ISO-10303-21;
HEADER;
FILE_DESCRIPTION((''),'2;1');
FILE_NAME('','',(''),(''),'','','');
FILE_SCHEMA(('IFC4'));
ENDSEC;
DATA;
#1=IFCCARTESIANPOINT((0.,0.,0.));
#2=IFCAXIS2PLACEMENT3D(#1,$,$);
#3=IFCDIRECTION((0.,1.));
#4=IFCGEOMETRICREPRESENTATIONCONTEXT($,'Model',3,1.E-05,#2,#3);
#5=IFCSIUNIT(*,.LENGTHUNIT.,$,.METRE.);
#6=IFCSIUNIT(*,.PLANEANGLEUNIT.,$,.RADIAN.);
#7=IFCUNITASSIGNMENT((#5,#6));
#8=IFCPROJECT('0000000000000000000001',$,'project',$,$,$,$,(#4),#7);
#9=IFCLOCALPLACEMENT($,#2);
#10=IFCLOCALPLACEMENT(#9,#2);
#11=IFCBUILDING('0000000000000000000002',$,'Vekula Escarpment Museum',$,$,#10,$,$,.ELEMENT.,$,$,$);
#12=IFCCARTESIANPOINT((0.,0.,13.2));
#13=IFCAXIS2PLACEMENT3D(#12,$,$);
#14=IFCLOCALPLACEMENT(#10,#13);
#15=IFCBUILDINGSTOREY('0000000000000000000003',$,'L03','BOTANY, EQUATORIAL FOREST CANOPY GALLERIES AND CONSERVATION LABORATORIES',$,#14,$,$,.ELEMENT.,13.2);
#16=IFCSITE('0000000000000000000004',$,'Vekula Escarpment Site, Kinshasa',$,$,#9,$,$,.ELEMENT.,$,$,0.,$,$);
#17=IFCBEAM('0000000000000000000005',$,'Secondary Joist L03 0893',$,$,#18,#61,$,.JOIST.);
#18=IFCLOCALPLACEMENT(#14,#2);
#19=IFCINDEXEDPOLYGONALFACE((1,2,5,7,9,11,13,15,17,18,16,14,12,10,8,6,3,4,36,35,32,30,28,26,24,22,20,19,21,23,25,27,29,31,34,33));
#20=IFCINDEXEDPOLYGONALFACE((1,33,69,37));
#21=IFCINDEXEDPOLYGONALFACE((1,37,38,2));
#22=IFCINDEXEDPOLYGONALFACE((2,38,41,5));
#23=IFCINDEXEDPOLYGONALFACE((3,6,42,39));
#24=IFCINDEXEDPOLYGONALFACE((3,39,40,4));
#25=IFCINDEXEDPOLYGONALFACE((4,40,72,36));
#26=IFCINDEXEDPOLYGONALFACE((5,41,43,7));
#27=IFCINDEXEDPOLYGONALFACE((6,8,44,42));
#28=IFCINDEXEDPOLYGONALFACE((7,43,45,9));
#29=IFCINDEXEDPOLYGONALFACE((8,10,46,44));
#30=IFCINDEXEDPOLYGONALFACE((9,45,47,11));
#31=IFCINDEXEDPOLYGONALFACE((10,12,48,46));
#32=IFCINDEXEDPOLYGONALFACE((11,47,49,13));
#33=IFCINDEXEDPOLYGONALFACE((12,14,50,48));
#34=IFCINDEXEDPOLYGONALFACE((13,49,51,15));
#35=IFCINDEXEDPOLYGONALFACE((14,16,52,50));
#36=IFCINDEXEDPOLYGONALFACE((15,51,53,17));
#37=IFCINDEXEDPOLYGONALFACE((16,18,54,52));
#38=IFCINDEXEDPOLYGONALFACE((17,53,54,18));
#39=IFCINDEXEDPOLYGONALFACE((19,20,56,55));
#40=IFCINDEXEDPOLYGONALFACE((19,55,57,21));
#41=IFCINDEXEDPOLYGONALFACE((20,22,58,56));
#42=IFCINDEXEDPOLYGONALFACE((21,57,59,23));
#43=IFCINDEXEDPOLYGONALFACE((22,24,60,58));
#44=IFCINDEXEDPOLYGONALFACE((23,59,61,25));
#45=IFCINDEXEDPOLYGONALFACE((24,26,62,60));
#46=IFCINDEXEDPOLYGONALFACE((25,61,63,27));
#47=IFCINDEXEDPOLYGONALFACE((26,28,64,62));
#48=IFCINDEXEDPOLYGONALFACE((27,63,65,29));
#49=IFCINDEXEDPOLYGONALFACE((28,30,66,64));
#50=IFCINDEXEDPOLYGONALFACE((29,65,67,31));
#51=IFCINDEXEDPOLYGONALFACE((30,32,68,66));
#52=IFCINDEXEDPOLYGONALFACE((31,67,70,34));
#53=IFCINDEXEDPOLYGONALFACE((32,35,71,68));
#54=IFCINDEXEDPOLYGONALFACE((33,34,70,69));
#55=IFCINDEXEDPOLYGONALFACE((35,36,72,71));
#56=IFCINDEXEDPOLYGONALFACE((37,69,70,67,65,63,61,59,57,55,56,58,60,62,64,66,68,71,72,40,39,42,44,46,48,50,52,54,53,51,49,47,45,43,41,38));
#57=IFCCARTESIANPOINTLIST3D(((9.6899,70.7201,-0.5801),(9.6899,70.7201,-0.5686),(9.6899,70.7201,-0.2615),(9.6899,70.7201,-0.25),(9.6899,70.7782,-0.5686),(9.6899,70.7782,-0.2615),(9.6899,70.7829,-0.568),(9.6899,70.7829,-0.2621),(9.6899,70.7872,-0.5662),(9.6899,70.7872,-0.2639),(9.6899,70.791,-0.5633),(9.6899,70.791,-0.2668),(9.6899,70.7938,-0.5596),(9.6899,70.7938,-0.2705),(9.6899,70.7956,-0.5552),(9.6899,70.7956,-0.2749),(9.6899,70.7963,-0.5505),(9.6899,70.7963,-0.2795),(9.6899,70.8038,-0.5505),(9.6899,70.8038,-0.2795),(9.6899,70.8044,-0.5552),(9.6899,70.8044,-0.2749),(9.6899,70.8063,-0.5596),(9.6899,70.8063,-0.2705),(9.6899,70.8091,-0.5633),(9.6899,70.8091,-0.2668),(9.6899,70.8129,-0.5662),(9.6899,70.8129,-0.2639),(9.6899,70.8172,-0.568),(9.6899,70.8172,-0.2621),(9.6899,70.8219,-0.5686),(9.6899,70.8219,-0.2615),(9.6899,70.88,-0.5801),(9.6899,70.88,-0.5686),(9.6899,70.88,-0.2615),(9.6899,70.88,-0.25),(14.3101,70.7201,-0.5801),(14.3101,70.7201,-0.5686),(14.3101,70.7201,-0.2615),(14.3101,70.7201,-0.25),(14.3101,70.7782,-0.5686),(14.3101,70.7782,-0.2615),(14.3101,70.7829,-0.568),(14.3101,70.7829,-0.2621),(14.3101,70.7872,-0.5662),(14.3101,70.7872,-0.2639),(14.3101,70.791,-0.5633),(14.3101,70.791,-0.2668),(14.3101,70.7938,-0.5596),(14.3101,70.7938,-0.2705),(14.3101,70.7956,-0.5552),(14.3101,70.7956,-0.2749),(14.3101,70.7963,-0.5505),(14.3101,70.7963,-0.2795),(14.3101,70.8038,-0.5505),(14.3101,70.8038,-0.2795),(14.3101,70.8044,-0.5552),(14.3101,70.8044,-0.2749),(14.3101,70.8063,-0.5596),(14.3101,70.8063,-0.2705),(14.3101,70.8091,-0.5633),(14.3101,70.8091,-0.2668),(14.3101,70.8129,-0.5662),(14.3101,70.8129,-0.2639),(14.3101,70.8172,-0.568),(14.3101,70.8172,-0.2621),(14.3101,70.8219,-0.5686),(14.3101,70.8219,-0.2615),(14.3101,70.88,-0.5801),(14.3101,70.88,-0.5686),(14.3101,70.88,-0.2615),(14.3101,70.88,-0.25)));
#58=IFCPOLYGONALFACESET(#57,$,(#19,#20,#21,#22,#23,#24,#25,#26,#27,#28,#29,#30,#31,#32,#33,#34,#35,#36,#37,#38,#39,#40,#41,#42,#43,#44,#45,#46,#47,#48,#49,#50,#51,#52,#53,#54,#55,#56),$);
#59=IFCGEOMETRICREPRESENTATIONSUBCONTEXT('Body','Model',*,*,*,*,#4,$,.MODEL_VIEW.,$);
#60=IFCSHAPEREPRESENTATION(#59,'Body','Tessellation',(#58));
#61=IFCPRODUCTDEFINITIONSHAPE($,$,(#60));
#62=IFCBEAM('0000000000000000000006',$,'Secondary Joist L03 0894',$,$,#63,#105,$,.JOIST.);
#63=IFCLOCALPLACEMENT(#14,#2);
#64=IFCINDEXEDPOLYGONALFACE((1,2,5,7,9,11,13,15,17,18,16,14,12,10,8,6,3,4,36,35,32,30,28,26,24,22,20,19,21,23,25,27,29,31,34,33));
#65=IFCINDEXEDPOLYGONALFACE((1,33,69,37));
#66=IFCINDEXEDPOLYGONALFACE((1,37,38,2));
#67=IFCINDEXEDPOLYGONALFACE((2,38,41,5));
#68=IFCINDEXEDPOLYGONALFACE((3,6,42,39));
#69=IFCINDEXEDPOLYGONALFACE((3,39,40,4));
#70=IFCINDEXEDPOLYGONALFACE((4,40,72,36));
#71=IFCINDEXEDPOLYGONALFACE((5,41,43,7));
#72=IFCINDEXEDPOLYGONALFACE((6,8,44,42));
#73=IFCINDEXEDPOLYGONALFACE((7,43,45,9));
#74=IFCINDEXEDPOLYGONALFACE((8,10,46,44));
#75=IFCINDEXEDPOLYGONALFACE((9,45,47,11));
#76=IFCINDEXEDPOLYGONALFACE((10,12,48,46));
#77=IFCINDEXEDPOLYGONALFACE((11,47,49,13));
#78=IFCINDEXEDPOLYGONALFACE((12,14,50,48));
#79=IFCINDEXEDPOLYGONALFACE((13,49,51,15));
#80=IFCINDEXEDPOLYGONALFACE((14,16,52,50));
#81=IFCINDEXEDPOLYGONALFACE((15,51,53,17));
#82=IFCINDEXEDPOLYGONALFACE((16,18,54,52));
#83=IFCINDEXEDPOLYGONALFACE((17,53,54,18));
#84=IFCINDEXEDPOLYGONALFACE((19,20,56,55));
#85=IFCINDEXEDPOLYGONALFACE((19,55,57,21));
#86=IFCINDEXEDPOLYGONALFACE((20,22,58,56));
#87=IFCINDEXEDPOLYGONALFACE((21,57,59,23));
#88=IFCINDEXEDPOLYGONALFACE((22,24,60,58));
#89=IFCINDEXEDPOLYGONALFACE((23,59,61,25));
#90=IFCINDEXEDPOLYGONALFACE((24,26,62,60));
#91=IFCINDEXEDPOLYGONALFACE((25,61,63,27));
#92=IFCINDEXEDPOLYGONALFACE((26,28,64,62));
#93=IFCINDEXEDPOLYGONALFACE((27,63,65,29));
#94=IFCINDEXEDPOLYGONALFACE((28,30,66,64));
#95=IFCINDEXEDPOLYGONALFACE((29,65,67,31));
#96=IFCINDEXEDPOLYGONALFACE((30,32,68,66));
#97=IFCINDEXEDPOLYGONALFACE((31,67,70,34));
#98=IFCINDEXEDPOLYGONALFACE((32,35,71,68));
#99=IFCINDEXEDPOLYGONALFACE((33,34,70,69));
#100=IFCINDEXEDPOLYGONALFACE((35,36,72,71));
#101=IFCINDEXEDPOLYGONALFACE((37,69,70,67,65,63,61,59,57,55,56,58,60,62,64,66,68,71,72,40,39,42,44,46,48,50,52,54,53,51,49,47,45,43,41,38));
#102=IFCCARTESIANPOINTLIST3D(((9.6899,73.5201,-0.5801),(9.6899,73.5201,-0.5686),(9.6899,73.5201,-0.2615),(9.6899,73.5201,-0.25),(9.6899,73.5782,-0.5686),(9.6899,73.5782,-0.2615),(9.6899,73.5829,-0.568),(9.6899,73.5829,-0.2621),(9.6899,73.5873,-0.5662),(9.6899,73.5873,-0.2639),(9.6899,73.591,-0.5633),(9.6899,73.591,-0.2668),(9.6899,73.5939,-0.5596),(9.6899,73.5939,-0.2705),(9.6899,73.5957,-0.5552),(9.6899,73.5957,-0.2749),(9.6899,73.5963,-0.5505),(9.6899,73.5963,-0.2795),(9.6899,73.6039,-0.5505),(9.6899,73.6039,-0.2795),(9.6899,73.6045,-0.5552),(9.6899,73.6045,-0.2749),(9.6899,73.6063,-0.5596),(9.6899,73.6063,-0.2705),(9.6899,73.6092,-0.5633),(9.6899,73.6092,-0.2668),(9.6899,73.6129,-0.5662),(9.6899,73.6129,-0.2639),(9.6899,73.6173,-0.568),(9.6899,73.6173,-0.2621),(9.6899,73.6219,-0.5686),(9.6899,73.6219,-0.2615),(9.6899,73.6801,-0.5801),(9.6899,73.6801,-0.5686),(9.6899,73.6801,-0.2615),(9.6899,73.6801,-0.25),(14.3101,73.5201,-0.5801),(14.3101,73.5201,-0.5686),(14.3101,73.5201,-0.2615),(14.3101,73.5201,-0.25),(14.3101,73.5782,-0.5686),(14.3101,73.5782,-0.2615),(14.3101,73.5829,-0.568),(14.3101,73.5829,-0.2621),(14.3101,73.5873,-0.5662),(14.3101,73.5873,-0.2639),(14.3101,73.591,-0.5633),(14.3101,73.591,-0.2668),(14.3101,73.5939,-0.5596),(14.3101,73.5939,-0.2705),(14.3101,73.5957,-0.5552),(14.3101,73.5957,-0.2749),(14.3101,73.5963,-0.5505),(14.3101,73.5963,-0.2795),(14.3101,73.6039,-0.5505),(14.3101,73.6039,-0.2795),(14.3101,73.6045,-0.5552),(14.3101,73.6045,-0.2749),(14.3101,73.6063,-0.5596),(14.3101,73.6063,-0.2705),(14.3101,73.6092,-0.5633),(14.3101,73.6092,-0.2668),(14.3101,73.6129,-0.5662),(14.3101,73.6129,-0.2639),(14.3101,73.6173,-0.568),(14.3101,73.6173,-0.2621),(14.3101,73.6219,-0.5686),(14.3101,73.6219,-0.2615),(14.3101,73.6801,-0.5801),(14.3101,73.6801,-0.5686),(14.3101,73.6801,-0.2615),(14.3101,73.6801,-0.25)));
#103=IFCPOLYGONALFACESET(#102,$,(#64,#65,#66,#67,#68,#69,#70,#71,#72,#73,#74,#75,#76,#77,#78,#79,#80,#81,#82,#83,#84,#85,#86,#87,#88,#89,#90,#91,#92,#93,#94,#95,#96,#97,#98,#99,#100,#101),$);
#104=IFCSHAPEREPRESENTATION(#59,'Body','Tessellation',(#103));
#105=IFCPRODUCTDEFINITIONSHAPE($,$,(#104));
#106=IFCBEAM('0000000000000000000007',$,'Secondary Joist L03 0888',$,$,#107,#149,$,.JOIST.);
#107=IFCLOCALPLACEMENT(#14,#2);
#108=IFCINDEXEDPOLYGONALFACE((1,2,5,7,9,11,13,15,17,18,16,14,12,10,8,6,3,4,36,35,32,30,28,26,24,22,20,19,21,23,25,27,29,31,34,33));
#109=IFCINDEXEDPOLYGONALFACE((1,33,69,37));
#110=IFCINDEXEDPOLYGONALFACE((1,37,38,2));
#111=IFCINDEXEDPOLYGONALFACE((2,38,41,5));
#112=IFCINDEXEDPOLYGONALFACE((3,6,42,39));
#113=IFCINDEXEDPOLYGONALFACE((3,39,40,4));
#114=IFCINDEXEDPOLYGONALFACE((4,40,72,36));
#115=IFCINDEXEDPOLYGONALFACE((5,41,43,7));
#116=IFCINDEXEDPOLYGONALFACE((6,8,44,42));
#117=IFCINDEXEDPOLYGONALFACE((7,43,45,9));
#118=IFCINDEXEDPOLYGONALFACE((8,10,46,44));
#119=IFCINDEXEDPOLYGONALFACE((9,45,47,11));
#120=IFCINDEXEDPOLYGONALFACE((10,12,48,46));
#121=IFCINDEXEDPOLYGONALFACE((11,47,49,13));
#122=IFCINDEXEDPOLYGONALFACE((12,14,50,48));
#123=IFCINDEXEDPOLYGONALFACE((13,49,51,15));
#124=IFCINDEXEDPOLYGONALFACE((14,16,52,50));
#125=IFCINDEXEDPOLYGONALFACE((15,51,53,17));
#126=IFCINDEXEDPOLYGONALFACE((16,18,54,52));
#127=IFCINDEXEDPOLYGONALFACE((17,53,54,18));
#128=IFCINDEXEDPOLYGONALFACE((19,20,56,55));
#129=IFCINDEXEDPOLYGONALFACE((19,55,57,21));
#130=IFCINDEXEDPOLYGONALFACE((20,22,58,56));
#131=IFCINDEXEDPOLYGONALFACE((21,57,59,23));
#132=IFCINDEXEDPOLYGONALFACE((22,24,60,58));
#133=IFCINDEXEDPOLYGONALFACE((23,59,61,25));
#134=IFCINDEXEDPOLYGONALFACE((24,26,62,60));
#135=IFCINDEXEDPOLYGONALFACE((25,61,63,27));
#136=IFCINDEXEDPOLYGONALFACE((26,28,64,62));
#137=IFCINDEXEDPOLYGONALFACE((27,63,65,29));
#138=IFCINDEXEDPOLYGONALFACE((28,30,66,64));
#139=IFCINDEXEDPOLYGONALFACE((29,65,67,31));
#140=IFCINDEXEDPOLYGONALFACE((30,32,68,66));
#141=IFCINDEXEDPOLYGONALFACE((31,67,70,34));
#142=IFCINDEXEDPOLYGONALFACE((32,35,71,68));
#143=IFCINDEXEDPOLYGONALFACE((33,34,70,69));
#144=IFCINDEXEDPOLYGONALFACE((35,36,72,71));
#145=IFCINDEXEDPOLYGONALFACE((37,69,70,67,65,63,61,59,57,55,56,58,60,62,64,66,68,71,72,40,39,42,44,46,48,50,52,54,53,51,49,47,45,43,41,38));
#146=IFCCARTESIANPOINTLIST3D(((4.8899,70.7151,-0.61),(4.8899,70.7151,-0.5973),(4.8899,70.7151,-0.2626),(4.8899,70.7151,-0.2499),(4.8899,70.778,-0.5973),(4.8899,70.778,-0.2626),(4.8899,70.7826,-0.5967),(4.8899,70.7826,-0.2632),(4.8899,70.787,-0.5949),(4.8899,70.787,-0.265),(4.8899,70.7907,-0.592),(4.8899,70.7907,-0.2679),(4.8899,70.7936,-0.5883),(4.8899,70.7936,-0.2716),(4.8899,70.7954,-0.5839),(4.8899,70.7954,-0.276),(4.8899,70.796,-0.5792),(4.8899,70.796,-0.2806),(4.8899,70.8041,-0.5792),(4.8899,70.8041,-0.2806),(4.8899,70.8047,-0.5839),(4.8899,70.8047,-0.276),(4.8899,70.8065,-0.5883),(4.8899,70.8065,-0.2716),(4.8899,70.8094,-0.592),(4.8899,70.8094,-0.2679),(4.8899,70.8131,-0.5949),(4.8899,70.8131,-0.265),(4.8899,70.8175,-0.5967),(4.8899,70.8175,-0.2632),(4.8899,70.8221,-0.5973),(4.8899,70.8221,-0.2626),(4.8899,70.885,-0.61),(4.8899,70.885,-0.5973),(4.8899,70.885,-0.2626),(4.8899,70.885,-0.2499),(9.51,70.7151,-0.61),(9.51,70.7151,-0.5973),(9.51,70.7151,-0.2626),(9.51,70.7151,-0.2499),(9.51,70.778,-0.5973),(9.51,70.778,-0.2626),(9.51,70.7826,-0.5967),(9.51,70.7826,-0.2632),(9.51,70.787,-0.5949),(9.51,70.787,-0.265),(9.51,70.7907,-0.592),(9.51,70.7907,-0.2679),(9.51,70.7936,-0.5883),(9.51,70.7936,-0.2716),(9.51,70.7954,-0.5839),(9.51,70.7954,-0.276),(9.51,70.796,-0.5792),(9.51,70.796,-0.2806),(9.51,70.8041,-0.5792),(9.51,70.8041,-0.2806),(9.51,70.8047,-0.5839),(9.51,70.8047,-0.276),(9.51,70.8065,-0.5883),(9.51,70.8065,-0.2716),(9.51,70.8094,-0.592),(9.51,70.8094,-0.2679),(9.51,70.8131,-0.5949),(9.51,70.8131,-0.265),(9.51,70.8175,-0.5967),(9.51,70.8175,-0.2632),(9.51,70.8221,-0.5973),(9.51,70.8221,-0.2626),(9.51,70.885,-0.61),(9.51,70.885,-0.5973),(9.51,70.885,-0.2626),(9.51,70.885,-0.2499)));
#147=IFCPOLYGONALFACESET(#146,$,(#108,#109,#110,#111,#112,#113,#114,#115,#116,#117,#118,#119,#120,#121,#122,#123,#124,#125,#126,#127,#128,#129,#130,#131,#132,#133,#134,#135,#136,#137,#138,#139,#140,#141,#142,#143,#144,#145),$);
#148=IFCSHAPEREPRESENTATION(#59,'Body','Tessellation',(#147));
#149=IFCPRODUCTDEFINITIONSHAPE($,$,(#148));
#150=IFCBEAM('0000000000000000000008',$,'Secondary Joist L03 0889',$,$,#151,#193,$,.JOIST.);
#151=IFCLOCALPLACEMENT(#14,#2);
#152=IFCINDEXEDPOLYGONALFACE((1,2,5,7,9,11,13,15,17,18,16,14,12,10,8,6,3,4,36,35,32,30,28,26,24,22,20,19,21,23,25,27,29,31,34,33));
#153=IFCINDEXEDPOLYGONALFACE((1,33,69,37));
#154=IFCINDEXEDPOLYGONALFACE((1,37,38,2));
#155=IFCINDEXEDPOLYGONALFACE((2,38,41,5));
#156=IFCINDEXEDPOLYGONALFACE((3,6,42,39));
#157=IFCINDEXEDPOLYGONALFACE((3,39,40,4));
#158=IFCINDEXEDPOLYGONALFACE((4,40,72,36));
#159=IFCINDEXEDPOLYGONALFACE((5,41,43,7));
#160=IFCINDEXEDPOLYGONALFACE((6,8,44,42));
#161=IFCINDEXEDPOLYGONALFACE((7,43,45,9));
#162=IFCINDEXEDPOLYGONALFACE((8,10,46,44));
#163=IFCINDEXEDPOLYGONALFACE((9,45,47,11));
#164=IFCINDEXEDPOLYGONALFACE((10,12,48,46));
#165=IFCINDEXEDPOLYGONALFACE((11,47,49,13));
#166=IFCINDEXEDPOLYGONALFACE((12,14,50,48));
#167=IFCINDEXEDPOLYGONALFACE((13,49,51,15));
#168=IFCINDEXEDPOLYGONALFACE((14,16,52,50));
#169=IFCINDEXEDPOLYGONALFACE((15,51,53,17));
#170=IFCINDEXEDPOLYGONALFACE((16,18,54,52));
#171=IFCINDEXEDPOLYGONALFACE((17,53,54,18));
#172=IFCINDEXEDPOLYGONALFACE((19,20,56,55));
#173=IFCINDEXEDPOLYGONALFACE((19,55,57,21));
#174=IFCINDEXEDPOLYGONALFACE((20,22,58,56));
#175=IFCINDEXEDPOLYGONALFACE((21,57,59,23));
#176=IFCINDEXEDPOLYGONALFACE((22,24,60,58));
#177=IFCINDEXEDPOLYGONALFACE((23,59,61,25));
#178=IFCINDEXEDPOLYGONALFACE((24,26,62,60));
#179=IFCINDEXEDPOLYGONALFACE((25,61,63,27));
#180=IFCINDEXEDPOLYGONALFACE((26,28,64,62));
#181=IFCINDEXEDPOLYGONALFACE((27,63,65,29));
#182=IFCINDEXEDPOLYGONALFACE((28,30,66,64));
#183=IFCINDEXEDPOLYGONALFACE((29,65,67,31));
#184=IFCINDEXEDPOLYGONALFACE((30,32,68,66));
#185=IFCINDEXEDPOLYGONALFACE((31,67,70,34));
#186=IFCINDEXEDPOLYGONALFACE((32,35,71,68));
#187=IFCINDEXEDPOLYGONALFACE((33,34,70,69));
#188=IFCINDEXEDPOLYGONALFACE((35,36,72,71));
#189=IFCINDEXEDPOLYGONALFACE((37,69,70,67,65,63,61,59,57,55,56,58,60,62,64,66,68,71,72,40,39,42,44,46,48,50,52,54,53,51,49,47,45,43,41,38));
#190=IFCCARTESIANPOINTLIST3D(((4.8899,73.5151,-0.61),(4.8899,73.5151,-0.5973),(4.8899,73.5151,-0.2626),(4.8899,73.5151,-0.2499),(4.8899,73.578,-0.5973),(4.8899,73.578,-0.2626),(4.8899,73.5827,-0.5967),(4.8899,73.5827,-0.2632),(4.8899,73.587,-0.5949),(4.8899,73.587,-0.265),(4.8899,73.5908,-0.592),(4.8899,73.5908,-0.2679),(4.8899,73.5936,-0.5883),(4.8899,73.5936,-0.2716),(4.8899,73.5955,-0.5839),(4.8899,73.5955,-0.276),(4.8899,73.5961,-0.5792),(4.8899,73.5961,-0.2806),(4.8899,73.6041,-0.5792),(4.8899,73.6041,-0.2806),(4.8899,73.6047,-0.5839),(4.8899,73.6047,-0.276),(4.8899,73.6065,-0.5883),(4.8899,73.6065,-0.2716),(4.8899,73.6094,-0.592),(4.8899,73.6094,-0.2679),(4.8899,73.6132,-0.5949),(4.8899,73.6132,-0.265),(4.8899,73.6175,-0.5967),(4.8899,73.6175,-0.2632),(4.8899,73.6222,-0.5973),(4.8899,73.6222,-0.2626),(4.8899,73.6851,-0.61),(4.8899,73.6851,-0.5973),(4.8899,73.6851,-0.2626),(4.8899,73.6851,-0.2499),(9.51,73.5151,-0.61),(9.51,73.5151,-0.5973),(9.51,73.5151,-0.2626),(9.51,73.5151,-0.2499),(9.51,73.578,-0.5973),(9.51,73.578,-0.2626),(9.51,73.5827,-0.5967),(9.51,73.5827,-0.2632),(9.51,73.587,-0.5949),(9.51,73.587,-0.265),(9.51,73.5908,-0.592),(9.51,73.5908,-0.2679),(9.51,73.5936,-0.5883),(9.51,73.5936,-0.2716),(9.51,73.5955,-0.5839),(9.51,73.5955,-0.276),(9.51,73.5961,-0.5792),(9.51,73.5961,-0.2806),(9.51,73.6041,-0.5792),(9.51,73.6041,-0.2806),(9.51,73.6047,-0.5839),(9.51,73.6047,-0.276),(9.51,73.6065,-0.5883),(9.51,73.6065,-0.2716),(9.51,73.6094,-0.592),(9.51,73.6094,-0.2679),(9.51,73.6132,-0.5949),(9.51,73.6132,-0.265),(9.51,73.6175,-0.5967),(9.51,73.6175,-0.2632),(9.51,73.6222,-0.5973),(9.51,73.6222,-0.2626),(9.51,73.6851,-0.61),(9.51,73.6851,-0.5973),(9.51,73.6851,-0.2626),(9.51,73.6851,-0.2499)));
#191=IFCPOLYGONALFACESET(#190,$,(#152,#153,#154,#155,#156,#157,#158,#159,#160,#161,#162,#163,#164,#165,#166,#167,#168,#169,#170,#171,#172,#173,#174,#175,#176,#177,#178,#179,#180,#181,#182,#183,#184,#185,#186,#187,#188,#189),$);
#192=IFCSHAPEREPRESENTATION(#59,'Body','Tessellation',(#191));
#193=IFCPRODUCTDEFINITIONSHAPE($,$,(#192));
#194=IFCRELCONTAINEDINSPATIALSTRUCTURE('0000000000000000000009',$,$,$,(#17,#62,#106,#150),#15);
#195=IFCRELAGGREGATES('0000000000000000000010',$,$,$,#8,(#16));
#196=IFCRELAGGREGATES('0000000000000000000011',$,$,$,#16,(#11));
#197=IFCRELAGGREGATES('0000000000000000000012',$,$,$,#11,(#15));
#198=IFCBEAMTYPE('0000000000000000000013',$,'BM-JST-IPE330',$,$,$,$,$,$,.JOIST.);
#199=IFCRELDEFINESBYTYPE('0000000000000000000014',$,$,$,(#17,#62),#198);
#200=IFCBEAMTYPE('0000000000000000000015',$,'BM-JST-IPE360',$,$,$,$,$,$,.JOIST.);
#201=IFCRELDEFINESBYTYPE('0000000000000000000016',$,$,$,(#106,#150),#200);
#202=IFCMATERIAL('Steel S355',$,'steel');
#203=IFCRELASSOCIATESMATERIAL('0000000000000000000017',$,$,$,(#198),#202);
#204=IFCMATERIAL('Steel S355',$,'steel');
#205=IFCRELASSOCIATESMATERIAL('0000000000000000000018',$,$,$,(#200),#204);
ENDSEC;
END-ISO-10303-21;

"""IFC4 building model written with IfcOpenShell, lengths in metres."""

from ifc_helpers import new_model, si_unit, direction, frame, origin, origin_2d, place, context, subcontext, project, spatial, i_section, extrude, material, material_profile, profile_set, type_object, element, save


model = new_model("IFC4")

# Units and contexts
model_context = context("Model", 3, precision=1e-05, world=origin(), true_north=direction((0.0, 1.0)))
body_context = subcontext(model_context, "Body", "Model", "MODEL_VIEW")
ifc_project = project(units=[si_unit("LENGTHUNIT", "METRE"), si_unit("PLANEANGLEUNIT", "RADIAN")], contexts=[model_context])

# Site, building, storey
site_placement = place(None, origin())
site = spatial("IfcSite", under=ifc_project, at=site_placement, Name="Vekula Escarpment Site, Kinshasa", CompositionType="ELEMENT", RefElevation=0.0)
building_placement = place(site_placement, origin())
building = spatial("IfcBuilding", under=site, at=building_placement, Name="Vekula Escarpment Museum", CompositionType="ELEMENT")
storey_placement = place(building_placement, frame((0.0, 0.0, 13.2)))
storey = spatial("IfcBuildingStorey", under=building, at=storey_placement, Name="L03", Description="BOTANY, EQUATORIAL FOREST CANOPY GALLERIES AND CONSERVATION LABORATORIES", CompositionType="ELEMENT", Elevation=13.2)

# Beams
ifc_material_1 = material(Name="Steel S355", Category="steel")
ifc_material_profile_1 = material_profile(ifc_material_1, i_section(OverallWidth=0.1599, OverallDepth=0.3301, WebThickness=0.0076, FlangeThickness=0.0115, FilletRadius=0.0181, at=origin_2d()), Name="IPE 330")
ifc_profile_set_1 = profile_set([ifc_material_profile_1], Name="Steel S355")
beam_type_1 = type_object("IfcBeamType", Name="BM-JST-IPE330", PredefinedType="JOIST", material=ifc_profile_set_1)
for number, where, z_axis, x_axis, name in (
    (1, (9.6899, 70.8, -0.415), (1.0, 0.0, 0.0), (0.0, 1.0, 0.0), "Secondary Joist L03 0893"),
    (2, (9.6899, 73.6001, -0.415), (1.0, 0.0, 0.0), (0.0, 1.0, 0.0), "Secondary Joist L03 0894"),
):
    element("IfcBeam", number, at=place(storey_placement, frame(where, z_axis=z_axis, x_axis=x_axis)), inside=storey, type_object=beam_type_1, Name=name, PredefinedType="JOIST", context=body_context, shape_type="SweptSolid", body=[
        extrude(i_section(OverallWidth=0.1599, OverallDepth=0.3301, WebThickness=0.0076, FlangeThickness=0.0115, FilletRadius=0.0181, at=origin_2d()), origin(), (0.0, 0.0, 1.0), 4.6201),
    ])
ifc_material_2 = material(Name="Steel S355", Category="steel")
ifc_material_profile_2 = material_profile(ifc_material_2, i_section(OverallWidth=0.1699, OverallDepth=0.3601, WebThickness=0.0081, FlangeThickness=0.0127, FilletRadius=0.0181, at=origin_2d()), Name="IPE 360")
ifc_profile_set_2 = profile_set([ifc_material_profile_2], Name="Steel S355")
beam_type_2 = type_object("IfcBeamType", Name="BM-JST-IPE360", PredefinedType="JOIST", material=ifc_profile_set_2)
for number, where, z_axis, x_axis, name in (
    (3, (4.8899, 70.8, -0.4299), (1.0, 0.0, 0.0), (0.0, 1.0, 0.0), "Secondary Joist L03 0888"),
    (4, (4.8899, 73.6001, -0.4299), (1.0, 0.0, 0.0), (0.0, 1.0, 0.0), "Secondary Joist L03 0889"),
):
    element("IfcBeam", number, at=place(storey_placement, frame(where, z_axis=z_axis, x_axis=x_axis)), inside=storey, type_object=beam_type_2, Name=name, PredefinedType="JOIST", context=body_context, shape_type="SweptSolid", body=[
        extrude(i_section(OverallWidth=0.1699, OverallDepth=0.3601, WebThickness=0.0081, FlangeThickness=0.0127, FilletRadius=0.0181, at=origin_2d()), origin(), (0.0, 0.0, 1.0), 4.6201),
    ])

save(model, "model.ifc")
